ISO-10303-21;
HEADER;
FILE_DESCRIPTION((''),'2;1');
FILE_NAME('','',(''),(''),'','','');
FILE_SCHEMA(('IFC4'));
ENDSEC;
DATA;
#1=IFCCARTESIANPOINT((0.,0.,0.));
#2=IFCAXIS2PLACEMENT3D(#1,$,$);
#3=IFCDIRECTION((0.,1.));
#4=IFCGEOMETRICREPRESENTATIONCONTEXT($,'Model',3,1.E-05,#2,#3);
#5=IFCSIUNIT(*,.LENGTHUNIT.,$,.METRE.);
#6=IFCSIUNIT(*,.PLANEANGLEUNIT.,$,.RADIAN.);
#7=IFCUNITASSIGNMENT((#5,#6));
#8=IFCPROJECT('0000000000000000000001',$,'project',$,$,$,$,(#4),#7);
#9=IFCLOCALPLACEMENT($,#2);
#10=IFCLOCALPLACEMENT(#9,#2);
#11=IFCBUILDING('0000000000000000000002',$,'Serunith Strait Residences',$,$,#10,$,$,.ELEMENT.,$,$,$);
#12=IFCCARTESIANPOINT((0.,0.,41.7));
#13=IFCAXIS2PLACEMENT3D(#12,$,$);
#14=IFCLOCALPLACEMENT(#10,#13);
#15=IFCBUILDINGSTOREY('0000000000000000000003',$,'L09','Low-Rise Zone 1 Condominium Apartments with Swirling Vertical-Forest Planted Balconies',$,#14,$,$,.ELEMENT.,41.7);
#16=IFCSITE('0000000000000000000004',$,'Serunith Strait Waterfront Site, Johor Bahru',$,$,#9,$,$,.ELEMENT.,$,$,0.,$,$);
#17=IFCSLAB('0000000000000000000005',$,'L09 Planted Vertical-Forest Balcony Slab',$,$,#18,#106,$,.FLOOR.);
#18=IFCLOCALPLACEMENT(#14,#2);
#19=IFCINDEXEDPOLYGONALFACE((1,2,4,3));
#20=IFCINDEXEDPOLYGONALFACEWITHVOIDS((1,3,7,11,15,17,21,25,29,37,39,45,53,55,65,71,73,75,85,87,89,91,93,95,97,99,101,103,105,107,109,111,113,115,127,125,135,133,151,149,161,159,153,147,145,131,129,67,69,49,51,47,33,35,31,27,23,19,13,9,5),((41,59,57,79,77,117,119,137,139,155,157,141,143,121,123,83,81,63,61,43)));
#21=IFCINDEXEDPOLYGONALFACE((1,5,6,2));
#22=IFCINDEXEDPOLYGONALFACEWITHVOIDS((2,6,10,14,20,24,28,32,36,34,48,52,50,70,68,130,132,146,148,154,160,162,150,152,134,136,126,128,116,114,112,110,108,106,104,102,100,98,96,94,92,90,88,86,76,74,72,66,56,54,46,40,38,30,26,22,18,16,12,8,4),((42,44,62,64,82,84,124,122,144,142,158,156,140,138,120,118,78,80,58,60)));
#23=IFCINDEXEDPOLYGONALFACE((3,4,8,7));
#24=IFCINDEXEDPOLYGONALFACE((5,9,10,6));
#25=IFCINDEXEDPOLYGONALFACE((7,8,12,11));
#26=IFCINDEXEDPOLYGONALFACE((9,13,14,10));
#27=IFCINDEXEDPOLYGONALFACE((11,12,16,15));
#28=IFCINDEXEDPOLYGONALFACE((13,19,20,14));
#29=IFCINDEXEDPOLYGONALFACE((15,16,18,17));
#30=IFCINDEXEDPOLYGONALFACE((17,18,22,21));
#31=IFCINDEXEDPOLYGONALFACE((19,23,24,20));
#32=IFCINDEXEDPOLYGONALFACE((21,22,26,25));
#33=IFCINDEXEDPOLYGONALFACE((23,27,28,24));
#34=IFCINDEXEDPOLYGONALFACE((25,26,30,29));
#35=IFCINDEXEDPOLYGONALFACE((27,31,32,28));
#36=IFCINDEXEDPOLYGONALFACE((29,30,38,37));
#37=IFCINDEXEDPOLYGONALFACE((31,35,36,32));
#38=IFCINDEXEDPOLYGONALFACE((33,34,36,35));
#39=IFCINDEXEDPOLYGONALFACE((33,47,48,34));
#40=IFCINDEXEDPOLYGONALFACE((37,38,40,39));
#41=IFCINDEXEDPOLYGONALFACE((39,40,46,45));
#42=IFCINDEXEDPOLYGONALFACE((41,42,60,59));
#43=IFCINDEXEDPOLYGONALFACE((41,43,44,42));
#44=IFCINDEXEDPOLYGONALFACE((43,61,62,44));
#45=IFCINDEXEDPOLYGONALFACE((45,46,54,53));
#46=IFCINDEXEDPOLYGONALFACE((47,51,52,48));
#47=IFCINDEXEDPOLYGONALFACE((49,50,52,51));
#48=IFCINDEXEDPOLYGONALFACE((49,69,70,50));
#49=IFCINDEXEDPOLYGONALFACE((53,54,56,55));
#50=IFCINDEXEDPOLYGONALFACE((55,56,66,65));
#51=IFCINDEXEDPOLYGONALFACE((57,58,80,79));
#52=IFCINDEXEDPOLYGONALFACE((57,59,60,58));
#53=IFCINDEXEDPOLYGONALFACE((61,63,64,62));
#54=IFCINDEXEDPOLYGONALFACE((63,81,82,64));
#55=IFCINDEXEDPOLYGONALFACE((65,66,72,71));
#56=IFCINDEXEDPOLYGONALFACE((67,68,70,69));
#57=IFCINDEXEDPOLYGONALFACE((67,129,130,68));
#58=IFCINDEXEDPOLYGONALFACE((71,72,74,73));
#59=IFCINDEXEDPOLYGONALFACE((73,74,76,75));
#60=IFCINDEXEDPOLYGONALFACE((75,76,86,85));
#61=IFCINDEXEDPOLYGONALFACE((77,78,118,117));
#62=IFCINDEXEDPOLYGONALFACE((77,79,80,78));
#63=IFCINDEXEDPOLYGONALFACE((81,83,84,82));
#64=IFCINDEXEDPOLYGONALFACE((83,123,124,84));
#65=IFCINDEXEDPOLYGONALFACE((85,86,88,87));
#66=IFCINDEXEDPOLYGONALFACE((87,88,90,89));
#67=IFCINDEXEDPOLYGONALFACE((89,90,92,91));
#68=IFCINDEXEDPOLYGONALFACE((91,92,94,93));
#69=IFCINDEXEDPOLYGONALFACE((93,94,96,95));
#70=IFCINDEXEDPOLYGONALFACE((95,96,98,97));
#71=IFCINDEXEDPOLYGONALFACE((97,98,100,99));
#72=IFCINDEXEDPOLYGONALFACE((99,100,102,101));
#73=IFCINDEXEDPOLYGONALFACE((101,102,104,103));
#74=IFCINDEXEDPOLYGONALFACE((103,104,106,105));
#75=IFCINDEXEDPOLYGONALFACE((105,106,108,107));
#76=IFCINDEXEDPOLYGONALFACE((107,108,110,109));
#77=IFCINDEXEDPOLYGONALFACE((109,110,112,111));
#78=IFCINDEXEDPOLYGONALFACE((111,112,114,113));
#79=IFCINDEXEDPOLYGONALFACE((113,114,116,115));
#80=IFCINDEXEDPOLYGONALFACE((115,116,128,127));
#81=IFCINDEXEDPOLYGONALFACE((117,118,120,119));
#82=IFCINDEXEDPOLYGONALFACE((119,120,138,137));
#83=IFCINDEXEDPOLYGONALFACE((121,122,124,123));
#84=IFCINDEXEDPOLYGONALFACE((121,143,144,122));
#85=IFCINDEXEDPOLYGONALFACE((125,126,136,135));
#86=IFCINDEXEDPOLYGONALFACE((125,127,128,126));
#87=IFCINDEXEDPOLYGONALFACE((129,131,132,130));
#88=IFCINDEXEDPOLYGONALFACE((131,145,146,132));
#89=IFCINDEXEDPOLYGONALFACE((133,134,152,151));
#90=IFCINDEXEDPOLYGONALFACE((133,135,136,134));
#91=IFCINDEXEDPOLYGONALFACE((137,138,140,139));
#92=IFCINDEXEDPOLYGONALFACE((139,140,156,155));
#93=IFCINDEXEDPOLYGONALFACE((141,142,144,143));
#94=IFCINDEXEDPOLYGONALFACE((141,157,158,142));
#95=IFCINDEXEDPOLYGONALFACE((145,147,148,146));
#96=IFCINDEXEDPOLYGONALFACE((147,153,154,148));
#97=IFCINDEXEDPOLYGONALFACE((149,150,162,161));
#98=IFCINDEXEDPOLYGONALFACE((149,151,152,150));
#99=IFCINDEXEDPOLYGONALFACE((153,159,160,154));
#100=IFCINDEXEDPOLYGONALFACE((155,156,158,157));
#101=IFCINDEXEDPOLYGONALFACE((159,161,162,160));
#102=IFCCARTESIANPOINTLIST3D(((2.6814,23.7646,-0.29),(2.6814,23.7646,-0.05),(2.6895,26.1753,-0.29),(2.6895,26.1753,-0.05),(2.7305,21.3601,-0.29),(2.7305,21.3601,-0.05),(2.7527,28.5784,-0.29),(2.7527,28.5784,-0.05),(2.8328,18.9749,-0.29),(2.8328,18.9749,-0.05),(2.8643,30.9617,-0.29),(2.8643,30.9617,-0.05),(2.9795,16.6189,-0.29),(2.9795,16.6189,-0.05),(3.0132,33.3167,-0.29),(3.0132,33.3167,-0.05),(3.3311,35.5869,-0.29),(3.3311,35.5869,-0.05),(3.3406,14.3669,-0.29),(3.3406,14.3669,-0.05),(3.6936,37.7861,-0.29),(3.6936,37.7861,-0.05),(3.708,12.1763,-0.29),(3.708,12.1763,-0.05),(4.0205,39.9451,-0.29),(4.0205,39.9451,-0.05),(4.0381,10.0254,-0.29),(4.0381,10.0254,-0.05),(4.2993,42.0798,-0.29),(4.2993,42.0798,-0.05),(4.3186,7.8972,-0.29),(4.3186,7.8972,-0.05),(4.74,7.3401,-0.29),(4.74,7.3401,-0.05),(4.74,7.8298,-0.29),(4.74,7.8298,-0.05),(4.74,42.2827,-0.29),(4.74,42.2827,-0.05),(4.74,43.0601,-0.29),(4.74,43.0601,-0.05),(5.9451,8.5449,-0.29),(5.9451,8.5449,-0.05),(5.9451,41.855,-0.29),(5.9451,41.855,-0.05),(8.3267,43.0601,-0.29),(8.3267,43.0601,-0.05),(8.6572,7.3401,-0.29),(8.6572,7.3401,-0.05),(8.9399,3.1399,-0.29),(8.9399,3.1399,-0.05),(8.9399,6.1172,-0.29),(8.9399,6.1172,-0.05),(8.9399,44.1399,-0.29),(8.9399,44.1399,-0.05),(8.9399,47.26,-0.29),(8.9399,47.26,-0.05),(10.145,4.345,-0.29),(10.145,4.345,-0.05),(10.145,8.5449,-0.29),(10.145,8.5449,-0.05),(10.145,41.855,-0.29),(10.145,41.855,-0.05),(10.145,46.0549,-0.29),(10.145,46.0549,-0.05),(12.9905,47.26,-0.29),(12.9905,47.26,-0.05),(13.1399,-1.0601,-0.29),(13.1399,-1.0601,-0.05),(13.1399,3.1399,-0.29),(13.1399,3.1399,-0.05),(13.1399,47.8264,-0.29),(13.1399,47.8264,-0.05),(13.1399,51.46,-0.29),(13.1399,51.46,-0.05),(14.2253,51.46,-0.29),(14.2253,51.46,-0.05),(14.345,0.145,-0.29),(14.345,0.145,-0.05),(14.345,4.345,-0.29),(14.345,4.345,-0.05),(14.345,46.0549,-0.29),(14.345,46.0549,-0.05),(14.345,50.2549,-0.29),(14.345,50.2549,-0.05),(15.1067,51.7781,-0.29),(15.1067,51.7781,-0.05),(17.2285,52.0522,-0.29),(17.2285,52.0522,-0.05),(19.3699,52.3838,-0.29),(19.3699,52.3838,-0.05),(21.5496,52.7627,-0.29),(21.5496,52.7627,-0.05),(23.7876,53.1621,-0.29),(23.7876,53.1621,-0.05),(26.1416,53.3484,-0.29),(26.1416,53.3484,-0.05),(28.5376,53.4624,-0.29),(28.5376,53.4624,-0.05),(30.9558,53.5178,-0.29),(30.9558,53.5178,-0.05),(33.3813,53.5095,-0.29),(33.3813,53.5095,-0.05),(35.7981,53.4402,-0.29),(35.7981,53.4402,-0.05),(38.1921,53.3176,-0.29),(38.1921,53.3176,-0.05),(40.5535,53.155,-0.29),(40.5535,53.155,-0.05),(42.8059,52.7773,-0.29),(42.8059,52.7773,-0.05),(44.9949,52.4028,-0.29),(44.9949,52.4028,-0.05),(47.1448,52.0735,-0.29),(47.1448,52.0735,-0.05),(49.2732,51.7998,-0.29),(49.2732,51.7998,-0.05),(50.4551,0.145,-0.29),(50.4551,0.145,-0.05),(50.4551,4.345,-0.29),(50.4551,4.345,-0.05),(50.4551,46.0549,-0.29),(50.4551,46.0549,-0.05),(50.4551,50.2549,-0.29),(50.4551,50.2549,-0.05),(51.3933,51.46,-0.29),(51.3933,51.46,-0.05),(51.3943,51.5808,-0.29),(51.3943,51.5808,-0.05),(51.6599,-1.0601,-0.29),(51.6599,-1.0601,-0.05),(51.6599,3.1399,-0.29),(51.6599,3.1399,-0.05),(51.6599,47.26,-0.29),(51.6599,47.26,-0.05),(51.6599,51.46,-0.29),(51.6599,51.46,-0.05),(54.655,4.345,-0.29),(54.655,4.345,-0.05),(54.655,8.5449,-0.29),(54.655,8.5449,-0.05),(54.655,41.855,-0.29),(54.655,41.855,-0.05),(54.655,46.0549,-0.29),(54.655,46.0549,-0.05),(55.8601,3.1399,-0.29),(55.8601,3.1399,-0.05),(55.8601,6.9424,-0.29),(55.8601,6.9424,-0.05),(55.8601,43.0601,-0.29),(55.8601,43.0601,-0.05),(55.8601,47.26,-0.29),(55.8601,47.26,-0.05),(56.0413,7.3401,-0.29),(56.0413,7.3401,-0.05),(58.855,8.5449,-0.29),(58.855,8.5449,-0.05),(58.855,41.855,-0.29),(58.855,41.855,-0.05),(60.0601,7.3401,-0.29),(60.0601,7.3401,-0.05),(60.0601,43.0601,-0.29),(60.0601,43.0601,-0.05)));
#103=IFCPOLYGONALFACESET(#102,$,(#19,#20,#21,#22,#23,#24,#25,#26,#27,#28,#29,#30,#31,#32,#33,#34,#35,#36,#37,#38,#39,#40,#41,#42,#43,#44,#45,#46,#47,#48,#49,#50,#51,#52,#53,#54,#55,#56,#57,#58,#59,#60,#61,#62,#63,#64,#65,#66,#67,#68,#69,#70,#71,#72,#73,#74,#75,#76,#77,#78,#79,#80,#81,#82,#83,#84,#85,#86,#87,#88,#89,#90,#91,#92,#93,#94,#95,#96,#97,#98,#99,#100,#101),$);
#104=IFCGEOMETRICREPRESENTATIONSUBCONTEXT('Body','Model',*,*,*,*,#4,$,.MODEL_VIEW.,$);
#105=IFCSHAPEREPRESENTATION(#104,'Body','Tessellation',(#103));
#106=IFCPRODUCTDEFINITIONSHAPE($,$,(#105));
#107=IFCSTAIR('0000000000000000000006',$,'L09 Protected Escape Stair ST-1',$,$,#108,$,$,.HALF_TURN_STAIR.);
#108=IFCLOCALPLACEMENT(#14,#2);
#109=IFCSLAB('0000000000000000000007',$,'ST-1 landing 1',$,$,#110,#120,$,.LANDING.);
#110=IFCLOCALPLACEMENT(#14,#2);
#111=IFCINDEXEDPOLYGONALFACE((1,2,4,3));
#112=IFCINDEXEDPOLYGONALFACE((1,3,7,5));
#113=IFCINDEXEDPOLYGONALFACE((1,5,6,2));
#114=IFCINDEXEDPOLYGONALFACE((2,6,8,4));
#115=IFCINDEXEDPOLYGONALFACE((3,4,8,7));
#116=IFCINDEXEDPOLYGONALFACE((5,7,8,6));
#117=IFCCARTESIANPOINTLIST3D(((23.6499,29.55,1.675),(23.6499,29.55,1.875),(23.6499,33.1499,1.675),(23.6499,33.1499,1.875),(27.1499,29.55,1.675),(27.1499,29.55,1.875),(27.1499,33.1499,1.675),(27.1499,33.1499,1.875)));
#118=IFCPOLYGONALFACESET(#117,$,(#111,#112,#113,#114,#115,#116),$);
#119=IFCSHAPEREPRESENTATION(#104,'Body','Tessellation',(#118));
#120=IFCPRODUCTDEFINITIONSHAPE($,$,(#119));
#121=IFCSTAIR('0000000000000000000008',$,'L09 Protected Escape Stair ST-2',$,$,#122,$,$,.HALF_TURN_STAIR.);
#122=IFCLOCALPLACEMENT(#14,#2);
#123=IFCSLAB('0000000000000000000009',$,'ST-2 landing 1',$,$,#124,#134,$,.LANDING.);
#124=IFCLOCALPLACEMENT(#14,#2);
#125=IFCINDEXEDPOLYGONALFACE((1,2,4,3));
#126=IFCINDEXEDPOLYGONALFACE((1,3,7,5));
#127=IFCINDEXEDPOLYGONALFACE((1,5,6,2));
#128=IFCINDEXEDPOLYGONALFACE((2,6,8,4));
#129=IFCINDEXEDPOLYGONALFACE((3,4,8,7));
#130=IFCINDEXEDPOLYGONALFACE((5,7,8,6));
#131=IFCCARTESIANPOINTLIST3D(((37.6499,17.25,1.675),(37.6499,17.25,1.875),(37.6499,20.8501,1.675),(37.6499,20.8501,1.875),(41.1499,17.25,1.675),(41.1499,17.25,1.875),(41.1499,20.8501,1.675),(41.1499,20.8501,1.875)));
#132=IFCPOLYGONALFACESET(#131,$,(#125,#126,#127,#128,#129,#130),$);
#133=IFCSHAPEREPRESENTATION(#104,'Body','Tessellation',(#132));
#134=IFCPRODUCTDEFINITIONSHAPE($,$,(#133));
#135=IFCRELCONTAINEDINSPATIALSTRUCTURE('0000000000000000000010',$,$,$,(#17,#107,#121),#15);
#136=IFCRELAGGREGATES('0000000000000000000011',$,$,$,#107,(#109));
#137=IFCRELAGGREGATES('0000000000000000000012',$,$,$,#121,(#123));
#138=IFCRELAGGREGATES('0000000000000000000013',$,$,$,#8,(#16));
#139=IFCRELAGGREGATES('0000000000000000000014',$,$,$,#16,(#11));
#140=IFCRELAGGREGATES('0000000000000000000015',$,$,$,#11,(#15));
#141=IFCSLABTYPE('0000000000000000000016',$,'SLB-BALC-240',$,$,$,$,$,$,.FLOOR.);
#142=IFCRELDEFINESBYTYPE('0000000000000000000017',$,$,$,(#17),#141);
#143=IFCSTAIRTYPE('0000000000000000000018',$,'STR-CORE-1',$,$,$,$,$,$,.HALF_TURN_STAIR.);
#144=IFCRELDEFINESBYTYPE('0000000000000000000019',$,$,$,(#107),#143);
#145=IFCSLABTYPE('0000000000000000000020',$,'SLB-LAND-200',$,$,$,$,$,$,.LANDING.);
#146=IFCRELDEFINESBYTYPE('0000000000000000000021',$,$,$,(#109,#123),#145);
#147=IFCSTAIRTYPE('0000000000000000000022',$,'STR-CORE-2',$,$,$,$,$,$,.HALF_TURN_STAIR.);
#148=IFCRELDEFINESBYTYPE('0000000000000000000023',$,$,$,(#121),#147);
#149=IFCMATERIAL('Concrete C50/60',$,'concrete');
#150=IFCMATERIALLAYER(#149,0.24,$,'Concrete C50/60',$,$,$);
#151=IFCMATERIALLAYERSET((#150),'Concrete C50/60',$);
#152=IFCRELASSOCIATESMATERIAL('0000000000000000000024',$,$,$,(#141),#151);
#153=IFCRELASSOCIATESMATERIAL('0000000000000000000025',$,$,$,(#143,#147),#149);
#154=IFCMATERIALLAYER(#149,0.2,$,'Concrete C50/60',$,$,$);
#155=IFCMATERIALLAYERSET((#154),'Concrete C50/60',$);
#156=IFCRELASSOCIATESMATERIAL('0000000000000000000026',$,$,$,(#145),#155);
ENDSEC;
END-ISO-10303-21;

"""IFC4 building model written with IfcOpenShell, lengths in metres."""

from ifc_helpers import new_model, si_unit, direction, frame, origin, place, context, subcontext, project, spatial, polyline, outline, extrude, material, layer, layer_set, type_object, element, aggregate, save


model = new_model("IFC4")

# Units and contexts
model_context = context("Model", 3, precision=1e-05, world=origin(), true_north=direction((0.0, 1.0)))
body_context = subcontext(model_context, "Body", "Model", "MODEL_VIEW")
ifc_project = project(units=[si_unit("LENGTHUNIT", "METRE"), si_unit("PLANEANGLEUNIT", "RADIAN")], contexts=[model_context])

# Site, building, storey
site_placement = place(None, origin())
site = spatial("IfcSite", under=ifc_project, at=site_placement, Name="Serunith Strait Waterfront Site, Johor Bahru", CompositionType="ELEMENT", RefElevation=0.0)
building_placement = place(site_placement, origin())
building = spatial("IfcBuilding", under=site, at=building_placement, Name="Serunith Strait Residences", CompositionType="ELEMENT")
storey_placement = place(building_placement, frame((0.0, 0.0, 41.7)))
storey = spatial("IfcBuildingStorey", under=building, at=storey_placement, Name="L09", Description="Low-Rise Zone 1 Condominium Apartments with Swirling Vertical-Forest Planted Balconies", CompositionType="ELEMENT", Elevation=41.7)

# Slab
ifc_material_1 = material(Name="Concrete C50/60", Category="concrete")
ifc_layer_1 = layer(ifc_material_1, 0.24, Name="Concrete C50/60")
ifc_layer_set_1 = layer_set([ifc_layer_1], Name="Concrete C50/60")
slab_type_1 = type_object("IfcSlabType", Name="SLB-BALC-240", PredefinedType="FLOOR", material=ifc_layer_set_1)
slab_1_placement = place(storey_placement, frame((0.0, 0.0, -0.29)))
element("IfcSlab", 1, at=slab_1_placement, inside=storey, type_object=slab_type_1, Name="L09 Planted Vertical-Forest Balcony Slab", PredefinedType="FLOOR", context=body_context, shape_type="SweptSolid", body=[
    extrude(outline(polyline([(4.74, 7.8298), (4.3186, 7.8972), (4.0381, 10.0254), (3.708, 12.1763), (3.3406, 14.3669), (2.9795, 16.6189), (2.8328, 18.9749), (2.7305, 21.3601), (2.6814, 23.7646), (2.6895, 26.1753), (2.7527, 28.5784), (2.8643, 30.9617), (3.0132, 33.3167), (3.3311, 35.5869), (3.6936, 37.7861), (4.0205, 39.9451), (4.2993, 42.0798), (4.74, 42.2827), (4.74, 43.0601), (8.3267, 43.0601), (8.9399, 44.1399), (8.9399, 47.26), (12.9905, 47.26), (13.1399, 47.8264), (13.1399, 51.46), (14.2253, 51.46), (15.1067, 51.7781), (17.2285, 52.0522), (19.3699, 52.3838), (21.5496, 52.7627), (23.7876, 53.1621), (26.1416, 53.3484), (28.5376, 53.4624), (30.9558, 53.5178), (33.3813, 53.5095), (35.7981, 53.4402), (38.1921, 53.3176), (40.5535, 53.155), (42.8059, 52.7773), (44.9949, 52.4028), (47.1448, 52.0735), (49.2732, 51.7998), (51.3943, 51.5808), (51.3933, 51.46), (51.6599, 51.46), (51.6599, 47.26), (55.8601, 47.26), (55.8601, 43.0601), (60.0601, 43.0601), (60.0601, 7.3401), (56.0413, 7.3401), (55.8601, 6.9424), (55.8601, 3.1399), (51.6599, 3.1399), (51.6599, -1.0601), (13.1399, -1.0601), (13.1399, 3.1399), (8.9399, 3.1399), (8.9399, 6.1172), (8.6572, 7.3401), (4.74, 7.3401), (4.74, 7.8298)]), holes=[polyline([(50.4551, 0.145), (50.4551, 4.345), (54.655, 4.345), (54.655, 8.5449), (58.855, 8.5449), (58.855, 41.855), (54.655, 41.855), (54.655, 46.0549), (50.4551, 46.0549), (50.4551, 50.2549), (14.345, 50.2549), (14.345, 46.0549), (10.145, 46.0549), (10.145, 41.855), (5.9451, 41.855), (5.9451, 8.5449), (10.145, 8.5449), (10.145, 4.345), (14.345, 4.345), (14.345, 0.145), (50.4551, 0.145)])]), origin(), (0.0, 0.0, 1.0), 0.24),
])

# Stairs, slabs
stair_type_1 = type_object("IfcStairType", Name="STR-CORE-1", PredefinedType="HALF_TURN_STAIR", material=ifc_material_1)
stair_1_placement = place(storey_placement, origin())
stair_1 = element("IfcStair", 2, at=stair_1_placement, inside=storey, type_object=stair_type_1, Name="L09 Protected Escape Stair ST-1", PredefinedType="HALF_TURN_STAIR")
ifc_layer_2 = layer(ifc_material_1, 0.2, Name="Concrete C50/60")
ifc_layer_set_2 = layer_set([ifc_layer_2], Name="Concrete C50/60")
slab_type_2 = type_object("IfcSlabType", Name="SLB-LAND-200", PredefinedType="LANDING", material=ifc_layer_set_2)
slab_2_placement = place(storey_placement, frame((0.0, 0.0, 1.675)))
slab_2 = element("IfcSlab", 3, at=slab_2_placement, type_object=slab_type_2, Name="ST-1 landing 1", PredefinedType="LANDING", context=body_context, shape_type="SweptSolid", body=[
    extrude(outline(polyline([(27.1499, 29.55), (27.1499, 33.1499), (23.6499, 33.1499), (23.6499, 29.55), (27.1499, 29.55)])), origin(), (0.0, 0.0, 1.0), 0.2),
])
aggregate(stair_1, [slab_2])
stair_type_2 = type_object("IfcStairType", Name="STR-CORE-2", PredefinedType="HALF_TURN_STAIR", material=ifc_material_1)
stair_2_placement = place(storey_placement, origin())
stair_2 = element("IfcStair", 4, at=stair_2_placement, inside=storey, type_object=stair_type_2, Name="L09 Protected Escape Stair ST-2", PredefinedType="HALF_TURN_STAIR")
slab_3_placement = place(storey_placement, frame((0.0, 0.0, 1.675)))
slab_3 = element("IfcSlab", 5, at=slab_3_placement, type_object=slab_type_2, Name="ST-2 landing 1", PredefinedType="LANDING", context=body_context, shape_type="SweptSolid", body=[
    extrude(outline(polyline([(37.6499, 20.8501), (37.6499, 17.25), (41.1499, 17.25), (41.1499, 20.8501), (37.6499, 20.8501)])), origin(), (0.0, 0.0, 1.0), 0.2),
])
aggregate(stair_2, [slab_3])

save(model, "model.ifc")
